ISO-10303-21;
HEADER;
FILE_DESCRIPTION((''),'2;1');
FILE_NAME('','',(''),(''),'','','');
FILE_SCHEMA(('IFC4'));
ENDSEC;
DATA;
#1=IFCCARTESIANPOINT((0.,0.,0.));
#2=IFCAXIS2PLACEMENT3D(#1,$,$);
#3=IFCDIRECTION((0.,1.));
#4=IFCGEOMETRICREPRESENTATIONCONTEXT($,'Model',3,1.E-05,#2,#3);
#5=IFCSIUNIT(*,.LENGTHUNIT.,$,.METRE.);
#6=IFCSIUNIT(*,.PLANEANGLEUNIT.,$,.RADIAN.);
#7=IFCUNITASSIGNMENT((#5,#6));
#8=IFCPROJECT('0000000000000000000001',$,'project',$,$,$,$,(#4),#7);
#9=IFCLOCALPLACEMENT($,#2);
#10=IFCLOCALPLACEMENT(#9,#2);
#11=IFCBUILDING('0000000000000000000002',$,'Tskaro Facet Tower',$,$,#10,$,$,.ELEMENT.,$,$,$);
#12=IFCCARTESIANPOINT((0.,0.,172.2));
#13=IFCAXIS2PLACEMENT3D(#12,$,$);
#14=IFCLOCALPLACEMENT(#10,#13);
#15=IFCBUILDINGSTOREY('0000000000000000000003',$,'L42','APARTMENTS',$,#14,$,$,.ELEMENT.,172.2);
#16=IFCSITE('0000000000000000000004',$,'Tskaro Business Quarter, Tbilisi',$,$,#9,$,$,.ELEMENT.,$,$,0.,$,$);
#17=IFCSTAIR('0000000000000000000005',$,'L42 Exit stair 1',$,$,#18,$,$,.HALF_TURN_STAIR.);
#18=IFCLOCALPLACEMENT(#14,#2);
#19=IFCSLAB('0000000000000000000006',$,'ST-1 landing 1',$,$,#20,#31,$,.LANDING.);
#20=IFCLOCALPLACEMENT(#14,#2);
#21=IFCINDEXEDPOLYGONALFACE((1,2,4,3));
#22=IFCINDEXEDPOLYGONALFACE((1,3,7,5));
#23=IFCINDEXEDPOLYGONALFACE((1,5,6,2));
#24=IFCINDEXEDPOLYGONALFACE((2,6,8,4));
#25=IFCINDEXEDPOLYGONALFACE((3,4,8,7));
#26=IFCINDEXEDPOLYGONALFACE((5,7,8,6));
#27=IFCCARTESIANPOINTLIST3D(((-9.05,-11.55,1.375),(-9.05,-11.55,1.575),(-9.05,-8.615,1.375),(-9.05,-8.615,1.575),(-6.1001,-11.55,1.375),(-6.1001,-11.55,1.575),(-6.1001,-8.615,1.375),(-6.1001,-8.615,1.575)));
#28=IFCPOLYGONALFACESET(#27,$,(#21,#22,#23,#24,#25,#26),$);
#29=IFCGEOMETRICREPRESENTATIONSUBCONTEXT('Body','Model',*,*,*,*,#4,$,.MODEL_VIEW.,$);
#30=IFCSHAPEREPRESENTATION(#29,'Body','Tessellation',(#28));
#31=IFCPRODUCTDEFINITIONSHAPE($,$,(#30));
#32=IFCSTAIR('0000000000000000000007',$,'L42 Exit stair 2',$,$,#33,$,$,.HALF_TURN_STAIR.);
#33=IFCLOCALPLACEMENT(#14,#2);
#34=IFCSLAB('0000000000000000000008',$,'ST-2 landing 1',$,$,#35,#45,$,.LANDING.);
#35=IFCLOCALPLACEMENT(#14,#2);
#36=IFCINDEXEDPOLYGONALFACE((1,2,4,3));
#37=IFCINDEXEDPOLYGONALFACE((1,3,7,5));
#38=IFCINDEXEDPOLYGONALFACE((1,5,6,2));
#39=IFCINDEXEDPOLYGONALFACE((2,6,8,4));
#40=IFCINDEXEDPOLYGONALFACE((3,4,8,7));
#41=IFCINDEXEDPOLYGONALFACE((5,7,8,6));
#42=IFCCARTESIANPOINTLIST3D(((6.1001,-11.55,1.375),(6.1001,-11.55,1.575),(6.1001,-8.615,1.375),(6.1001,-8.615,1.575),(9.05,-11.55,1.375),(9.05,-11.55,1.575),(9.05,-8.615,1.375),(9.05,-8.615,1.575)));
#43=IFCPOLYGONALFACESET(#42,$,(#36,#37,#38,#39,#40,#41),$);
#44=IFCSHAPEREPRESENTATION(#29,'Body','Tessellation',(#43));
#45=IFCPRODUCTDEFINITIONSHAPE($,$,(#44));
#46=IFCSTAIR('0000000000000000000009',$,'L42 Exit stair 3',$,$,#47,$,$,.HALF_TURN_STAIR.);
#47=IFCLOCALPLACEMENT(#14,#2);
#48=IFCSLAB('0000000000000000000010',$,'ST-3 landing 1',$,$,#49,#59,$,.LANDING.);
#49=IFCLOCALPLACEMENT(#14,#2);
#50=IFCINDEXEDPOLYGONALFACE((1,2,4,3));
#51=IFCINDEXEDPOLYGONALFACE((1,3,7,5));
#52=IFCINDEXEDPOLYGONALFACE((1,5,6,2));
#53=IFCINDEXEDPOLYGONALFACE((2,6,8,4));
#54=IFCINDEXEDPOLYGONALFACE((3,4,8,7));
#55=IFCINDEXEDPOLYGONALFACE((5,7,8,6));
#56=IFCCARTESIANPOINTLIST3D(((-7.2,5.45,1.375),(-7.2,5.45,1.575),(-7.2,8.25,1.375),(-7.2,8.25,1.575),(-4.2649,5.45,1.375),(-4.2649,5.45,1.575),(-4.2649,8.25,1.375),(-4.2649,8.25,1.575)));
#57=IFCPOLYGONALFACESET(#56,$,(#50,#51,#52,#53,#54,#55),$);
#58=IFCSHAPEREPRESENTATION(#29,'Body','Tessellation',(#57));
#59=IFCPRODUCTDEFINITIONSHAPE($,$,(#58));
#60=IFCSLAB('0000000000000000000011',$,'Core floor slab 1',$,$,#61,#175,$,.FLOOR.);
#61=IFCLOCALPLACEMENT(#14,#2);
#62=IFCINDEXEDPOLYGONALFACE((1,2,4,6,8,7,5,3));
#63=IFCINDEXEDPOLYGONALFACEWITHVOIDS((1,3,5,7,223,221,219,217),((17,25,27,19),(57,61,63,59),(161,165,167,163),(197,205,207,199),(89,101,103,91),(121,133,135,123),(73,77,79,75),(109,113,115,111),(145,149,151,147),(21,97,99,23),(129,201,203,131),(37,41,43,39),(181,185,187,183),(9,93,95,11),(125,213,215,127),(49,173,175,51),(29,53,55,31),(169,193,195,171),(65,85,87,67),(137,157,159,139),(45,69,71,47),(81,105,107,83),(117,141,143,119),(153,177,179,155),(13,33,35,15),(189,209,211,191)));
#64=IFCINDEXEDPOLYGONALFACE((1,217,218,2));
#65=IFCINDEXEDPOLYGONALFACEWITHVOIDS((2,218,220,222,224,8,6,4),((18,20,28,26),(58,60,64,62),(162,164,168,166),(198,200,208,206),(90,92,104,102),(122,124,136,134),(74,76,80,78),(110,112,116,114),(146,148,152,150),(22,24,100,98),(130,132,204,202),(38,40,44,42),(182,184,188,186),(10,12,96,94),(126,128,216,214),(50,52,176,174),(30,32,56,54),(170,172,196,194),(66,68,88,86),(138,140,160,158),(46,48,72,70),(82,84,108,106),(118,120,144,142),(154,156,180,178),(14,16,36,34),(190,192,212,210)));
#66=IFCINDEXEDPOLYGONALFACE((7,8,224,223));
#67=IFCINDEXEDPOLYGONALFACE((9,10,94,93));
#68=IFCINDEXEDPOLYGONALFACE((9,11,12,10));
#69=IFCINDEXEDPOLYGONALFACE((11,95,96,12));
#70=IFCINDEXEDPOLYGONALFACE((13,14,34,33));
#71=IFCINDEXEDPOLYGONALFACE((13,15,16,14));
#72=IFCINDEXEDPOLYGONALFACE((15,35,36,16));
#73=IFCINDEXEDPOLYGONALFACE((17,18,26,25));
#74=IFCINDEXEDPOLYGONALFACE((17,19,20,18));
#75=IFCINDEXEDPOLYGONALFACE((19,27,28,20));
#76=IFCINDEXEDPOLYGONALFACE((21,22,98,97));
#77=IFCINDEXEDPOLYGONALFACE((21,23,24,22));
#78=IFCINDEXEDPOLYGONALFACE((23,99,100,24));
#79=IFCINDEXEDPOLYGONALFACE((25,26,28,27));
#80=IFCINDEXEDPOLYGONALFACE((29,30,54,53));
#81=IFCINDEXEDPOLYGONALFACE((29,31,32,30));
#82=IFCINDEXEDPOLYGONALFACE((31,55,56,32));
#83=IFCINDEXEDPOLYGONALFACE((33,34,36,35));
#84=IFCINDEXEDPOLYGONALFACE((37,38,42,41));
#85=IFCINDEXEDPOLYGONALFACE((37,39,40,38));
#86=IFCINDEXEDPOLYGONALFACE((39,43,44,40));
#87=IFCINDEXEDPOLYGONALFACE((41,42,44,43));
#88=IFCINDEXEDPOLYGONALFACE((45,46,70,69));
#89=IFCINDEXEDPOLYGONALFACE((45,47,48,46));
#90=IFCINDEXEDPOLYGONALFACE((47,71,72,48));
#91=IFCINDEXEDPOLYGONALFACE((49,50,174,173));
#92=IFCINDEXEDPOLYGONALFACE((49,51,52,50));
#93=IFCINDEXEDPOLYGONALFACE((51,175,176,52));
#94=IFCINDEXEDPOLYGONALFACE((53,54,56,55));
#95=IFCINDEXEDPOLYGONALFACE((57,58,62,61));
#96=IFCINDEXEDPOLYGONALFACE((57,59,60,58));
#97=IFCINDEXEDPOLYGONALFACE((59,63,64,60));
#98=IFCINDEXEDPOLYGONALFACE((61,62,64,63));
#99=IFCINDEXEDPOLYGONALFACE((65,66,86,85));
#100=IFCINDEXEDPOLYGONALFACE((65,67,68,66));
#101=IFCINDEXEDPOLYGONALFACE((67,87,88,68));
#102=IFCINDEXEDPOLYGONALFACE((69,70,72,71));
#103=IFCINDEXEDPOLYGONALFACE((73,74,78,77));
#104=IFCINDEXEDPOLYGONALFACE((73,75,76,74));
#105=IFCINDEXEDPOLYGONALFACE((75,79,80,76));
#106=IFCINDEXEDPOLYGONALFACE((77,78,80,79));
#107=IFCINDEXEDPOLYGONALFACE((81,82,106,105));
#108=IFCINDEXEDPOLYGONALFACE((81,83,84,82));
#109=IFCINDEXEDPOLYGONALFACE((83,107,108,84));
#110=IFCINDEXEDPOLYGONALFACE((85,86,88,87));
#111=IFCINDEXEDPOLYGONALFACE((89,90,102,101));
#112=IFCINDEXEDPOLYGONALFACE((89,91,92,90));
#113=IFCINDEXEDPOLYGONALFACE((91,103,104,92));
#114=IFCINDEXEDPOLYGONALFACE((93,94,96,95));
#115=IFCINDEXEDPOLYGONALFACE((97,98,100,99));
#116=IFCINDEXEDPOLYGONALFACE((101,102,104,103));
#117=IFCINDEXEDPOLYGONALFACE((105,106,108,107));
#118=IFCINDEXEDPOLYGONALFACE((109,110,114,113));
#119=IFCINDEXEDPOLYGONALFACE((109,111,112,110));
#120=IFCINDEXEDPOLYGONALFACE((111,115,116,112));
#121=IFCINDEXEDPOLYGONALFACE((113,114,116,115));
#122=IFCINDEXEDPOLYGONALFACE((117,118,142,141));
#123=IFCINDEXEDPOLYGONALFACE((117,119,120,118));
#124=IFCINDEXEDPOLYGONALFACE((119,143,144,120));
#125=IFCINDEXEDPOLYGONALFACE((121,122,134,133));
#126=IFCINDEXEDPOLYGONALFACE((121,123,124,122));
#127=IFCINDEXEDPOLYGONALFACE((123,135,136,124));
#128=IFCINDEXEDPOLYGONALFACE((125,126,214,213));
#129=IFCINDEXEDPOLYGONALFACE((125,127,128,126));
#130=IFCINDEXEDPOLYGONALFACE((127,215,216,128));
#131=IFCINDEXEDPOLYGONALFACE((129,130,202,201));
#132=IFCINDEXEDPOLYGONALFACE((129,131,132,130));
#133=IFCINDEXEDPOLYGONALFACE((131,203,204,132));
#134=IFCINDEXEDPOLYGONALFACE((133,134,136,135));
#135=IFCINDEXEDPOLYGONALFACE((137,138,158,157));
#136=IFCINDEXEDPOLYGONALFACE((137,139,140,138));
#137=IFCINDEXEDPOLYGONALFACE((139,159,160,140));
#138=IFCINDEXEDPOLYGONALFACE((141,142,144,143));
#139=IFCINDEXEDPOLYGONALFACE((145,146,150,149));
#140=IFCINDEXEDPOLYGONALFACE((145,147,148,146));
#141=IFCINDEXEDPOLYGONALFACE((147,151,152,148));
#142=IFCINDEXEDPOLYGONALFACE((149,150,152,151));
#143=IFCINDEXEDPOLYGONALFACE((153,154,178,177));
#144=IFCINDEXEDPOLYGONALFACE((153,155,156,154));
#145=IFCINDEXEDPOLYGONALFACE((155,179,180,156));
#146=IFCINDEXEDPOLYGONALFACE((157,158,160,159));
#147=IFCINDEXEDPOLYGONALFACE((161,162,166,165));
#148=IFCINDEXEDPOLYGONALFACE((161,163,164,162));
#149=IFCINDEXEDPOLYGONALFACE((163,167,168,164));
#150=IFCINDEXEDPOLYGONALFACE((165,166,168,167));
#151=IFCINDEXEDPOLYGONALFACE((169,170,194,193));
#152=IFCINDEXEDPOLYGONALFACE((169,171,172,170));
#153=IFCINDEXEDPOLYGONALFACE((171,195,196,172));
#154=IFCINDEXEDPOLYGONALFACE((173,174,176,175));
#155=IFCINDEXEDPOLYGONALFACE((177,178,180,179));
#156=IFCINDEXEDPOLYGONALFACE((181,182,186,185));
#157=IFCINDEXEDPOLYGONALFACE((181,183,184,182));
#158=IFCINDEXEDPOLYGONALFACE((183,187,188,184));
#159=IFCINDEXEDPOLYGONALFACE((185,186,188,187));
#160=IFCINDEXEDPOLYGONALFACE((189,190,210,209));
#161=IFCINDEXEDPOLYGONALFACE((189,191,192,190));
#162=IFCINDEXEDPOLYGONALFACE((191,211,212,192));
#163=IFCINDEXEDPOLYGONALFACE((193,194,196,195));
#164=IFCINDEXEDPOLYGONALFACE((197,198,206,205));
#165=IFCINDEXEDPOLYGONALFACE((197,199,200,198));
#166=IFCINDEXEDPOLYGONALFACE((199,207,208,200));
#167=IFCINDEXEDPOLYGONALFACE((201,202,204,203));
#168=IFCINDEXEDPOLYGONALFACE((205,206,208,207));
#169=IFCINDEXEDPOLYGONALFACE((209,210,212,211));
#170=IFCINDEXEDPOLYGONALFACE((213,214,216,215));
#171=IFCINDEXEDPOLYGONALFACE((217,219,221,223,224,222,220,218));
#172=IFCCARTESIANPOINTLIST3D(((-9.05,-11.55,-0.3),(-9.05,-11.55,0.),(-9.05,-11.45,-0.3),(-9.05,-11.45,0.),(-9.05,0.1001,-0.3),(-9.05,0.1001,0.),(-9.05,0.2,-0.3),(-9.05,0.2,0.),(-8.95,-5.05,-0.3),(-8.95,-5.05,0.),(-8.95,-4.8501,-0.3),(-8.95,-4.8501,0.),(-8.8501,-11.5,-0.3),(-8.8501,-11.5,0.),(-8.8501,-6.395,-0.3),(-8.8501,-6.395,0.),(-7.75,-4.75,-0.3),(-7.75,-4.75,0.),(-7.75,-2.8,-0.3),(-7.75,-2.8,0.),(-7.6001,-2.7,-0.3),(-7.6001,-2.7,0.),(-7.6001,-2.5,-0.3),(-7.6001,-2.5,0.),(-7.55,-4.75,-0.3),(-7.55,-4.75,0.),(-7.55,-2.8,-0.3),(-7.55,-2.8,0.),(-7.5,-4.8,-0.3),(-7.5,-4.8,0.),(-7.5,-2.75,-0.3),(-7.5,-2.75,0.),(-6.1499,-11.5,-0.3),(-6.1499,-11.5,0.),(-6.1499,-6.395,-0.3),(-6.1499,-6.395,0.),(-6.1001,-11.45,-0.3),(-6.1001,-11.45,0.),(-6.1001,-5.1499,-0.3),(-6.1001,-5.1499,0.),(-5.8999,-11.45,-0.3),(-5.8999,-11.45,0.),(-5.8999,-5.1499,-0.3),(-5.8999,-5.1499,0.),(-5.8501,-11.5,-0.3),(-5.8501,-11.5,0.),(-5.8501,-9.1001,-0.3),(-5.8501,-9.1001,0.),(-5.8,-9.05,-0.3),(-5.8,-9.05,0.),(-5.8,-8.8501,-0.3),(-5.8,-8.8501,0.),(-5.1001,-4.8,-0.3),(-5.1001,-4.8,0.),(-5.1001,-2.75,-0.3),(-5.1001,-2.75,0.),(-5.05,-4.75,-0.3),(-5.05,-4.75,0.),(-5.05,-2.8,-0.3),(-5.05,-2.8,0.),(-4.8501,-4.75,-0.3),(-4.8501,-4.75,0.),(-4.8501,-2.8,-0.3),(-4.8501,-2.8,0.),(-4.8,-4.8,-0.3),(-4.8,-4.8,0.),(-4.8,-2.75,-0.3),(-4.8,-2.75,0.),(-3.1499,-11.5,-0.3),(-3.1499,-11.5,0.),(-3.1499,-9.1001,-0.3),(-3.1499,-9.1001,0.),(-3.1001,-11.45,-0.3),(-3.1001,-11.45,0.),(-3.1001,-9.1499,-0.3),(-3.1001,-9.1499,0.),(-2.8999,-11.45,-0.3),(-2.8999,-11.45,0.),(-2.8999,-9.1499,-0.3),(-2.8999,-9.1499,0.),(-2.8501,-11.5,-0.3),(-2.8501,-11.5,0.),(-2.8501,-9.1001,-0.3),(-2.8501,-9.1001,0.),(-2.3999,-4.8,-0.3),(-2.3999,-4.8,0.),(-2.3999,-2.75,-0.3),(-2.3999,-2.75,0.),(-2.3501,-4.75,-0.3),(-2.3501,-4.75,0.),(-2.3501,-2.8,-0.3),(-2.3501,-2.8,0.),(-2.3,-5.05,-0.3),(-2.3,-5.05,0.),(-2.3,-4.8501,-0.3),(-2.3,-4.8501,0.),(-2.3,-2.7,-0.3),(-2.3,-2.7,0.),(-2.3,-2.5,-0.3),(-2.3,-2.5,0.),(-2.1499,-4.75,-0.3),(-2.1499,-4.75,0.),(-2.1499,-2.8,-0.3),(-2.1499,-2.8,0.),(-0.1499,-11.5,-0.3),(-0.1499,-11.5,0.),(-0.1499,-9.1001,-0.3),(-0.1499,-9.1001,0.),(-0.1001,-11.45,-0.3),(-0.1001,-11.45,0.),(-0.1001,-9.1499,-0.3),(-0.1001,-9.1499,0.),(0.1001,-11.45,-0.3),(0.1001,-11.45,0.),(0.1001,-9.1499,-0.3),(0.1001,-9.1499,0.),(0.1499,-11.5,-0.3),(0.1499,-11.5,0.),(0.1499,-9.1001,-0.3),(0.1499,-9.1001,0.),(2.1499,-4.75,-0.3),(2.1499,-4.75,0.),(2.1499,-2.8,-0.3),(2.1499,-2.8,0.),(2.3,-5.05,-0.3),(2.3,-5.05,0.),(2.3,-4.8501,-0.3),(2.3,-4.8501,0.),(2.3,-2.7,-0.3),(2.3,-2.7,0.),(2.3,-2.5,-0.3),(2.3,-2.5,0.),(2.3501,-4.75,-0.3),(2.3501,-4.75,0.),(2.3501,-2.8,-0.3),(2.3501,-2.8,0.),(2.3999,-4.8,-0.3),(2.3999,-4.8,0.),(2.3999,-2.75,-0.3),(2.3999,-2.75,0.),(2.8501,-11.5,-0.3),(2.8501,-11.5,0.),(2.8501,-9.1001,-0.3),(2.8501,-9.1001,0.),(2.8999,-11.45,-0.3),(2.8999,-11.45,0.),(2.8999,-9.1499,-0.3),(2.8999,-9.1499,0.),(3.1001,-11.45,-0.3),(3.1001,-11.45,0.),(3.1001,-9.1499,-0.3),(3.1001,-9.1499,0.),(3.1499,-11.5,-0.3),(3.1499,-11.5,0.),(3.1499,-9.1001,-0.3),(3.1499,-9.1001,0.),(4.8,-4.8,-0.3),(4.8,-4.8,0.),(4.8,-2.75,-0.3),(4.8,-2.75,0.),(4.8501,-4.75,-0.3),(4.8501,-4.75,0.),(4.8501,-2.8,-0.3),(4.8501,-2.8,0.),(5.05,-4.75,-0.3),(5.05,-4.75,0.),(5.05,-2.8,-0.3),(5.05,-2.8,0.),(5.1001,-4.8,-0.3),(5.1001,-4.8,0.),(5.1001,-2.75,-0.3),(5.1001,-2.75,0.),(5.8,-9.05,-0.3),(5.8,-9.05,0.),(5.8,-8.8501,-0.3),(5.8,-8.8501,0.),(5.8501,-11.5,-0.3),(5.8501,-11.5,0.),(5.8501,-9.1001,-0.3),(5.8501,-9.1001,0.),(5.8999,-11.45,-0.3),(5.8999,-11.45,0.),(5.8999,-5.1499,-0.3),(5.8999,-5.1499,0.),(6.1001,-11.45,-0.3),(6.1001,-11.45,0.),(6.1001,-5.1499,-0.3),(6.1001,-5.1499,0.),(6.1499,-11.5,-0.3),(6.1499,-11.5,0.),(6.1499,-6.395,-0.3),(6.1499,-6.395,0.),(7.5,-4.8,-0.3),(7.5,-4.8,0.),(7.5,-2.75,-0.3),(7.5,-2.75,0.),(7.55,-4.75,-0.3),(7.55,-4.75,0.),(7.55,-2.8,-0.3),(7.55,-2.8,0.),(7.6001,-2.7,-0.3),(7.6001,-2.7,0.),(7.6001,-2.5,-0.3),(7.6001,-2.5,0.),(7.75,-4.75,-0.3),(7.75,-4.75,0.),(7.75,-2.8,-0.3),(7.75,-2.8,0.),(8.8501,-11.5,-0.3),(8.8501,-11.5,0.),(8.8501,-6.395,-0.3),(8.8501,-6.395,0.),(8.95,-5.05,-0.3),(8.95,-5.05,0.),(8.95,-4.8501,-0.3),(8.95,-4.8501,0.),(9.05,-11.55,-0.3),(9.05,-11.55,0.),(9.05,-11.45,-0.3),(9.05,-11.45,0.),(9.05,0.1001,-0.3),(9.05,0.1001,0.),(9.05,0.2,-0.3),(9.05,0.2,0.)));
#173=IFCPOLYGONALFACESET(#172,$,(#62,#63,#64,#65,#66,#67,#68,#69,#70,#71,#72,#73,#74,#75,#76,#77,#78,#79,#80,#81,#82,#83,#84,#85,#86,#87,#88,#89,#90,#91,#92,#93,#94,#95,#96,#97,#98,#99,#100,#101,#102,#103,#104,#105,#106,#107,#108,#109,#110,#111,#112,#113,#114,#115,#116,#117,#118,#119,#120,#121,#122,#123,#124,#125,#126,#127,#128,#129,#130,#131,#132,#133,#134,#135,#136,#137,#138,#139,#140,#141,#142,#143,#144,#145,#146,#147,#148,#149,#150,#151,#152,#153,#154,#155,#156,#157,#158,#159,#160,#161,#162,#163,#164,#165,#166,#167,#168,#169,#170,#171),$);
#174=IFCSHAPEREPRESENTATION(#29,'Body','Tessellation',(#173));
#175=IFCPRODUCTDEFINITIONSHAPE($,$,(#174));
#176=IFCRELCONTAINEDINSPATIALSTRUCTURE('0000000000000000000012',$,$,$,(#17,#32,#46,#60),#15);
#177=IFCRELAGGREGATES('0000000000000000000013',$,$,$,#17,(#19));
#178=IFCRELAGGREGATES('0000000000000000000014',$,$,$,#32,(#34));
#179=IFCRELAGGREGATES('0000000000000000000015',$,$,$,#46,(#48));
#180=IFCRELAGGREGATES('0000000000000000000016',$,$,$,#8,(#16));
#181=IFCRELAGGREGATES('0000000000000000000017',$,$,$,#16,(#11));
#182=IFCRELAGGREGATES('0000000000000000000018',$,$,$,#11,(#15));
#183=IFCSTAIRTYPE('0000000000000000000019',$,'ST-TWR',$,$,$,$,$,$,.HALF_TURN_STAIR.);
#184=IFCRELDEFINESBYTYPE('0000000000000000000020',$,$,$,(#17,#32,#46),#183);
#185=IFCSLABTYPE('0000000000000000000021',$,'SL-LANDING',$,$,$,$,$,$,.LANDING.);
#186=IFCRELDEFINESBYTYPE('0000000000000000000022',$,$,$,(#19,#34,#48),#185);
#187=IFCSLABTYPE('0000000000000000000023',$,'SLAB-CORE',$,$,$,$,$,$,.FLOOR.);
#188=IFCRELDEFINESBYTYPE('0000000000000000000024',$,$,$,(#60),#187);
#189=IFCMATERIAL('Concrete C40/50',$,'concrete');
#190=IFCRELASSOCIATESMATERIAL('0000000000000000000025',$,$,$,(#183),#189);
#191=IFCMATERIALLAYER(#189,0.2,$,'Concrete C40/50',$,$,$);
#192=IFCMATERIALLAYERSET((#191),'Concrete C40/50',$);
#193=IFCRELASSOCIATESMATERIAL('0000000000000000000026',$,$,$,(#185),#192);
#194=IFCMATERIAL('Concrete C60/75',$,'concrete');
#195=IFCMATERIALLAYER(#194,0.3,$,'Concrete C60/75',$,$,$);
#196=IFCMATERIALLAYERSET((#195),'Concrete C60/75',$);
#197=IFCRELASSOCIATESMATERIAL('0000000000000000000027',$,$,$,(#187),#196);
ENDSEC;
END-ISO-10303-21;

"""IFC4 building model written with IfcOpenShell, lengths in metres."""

from ifc_helpers import new_model, si_unit, direction, frame, origin, place, context, subcontext, project, spatial, polyline, outline, extrude, material, layer, layer_set, type_object, element, aggregate, save


model = new_model("IFC4")

# Units and contexts
model_context = context("Model", 3, precision=1e-05, world=origin(), true_north=direction((0.0, 1.0)))
body_context = subcontext(model_context, "Body", "Model", "MODEL_VIEW")
ifc_project = project(units=[si_unit("LENGTHUNIT", "METRE"), si_unit("PLANEANGLEUNIT", "RADIAN")], contexts=[model_context])

# Site, building, storey
site_placement = place(None, origin())
site = spatial("IfcSite", under=ifc_project, at=site_placement, Name="Tskaro Business Quarter, Tbilisi", CompositionType="ELEMENT", RefElevation=0.0)
building_placement = place(site_placement, origin())
building = spatial("IfcBuilding", under=site, at=building_placement, Name="Tskaro Facet Tower", CompositionType="ELEMENT")
storey_placement = place(building_placement, frame((0.0, 0.0, 172.2)))
storey = spatial("IfcBuildingStorey", under=building, at=storey_placement, Name="L42", Description="APARTMENTS", CompositionType="ELEMENT", Elevation=172.2)

# Stairs, slabs
ifc_material_1 = material(Name="Concrete C40/50", Category="concrete")
stair_type = type_object("IfcStairType", Name="ST-TWR", PredefinedType="HALF_TURN_STAIR", material=ifc_material_1)
stair_1_placement = place(storey_placement, origin())
stair_1 = element("IfcStair", 1, at=stair_1_placement, inside=storey, type_object=stair_type, Name="L42 Exit stair 1", PredefinedType="HALF_TURN_STAIR")
ifc_layer_1 = layer(ifc_material_1, 0.2, Name="Concrete C40/50")
ifc_layer_set_1 = layer_set([ifc_layer_1], Name="Concrete C40/50")
slab_type_1 = type_object("IfcSlabType", Name="SL-LANDING", PredefinedType="LANDING", material=ifc_layer_set_1)
slab_1_placement = place(storey_placement, frame((0.0, 0.0, 1.375)))
slab_1 = element("IfcSlab", 2, at=slab_1_placement, type_object=slab_type_1, Name="ST-1 landing 1", PredefinedType="LANDING", context=body_context, shape_type="SweptSolid", body=[
    extrude(outline(polyline([(-9.05, -11.55), (-6.1001, -11.55), (-6.1001, -8.615), (-9.05, -8.615), (-9.05, -11.55)])), origin(), (0.0, 0.0, 1.0), 0.2),
])
aggregate(stair_1, [slab_1])
stair_2_placement = place(storey_placement, origin())
stair_2 = element("IfcStair", 3, at=stair_2_placement, inside=storey, type_object=stair_type, Name="L42 Exit stair 2", PredefinedType="HALF_TURN_STAIR")
slab_2_placement = place(storey_placement, frame((0.0, 0.0, 1.375)))
slab_2 = element("IfcSlab", 4, at=slab_2_placement, type_object=slab_type_1, Name="ST-2 landing 1", PredefinedType="LANDING", context=body_context, shape_type="SweptSolid", body=[
    extrude(outline(polyline([(6.1001, -11.55), (9.05, -11.55), (9.05, -8.615), (6.1001, -8.615), (6.1001, -11.55)])), origin(), (0.0, 0.0, 1.0), 0.2),
])
aggregate(stair_2, [slab_2])
stair_3_placement = place(storey_placement, origin())
stair_3 = element("IfcStair", 5, at=stair_3_placement, inside=storey, type_object=stair_type, Name="L42 Exit stair 3", PredefinedType="HALF_TURN_STAIR")
slab_3_placement = place(storey_placement, frame((0.0, 0.0, 1.375)))
slab_3 = element("IfcSlab", 6, at=slab_3_placement, type_object=slab_type_1, Name="ST-3 landing 1", PredefinedType="LANDING", context=body_context, shape_type="SweptSolid", body=[
    extrude(outline(polyline([(-7.2, 5.45), (-4.2649, 5.45), (-4.2649, 8.25), (-7.2, 8.25), (-7.2, 5.45)])), origin(), (0.0, 0.0, 1.0), 0.2),
])

# Slab
ifc_material_2 = material(Name="Concrete C60/75", Category="concrete")
ifc_layer_2 = layer(ifc_material_2, 0.3, Name="Concrete C60/75")
ifc_layer_set_2 = layer_set([ifc_layer_2], Name="Concrete C60/75")
slab_type_2 = type_object("IfcSlabType", Name="SLAB-CORE", PredefinedType="FLOOR", material=ifc_layer_set_2)
slab_4_placement = place(storey_placement, frame((0.0, 0.0, -0.3)))
element("IfcSlab", 7, at=slab_4_placement, inside=storey, type_object=slab_type_2, Name="Core floor slab 1", PredefinedType="FLOOR", context=body_context, shape_type="SweptSolid", body=[
    extrude(outline(polyline([(-9.05, 0.2), (9.05, 0.2), (9.05, 0.1001), (9.05, -11.45), (9.05, -11.55), (-9.05, -11.55), (-9.05, -11.45), (-9.05, 0.1001), (-9.05, 0.2)]), holes=[polyline([(-5.8501, -9.1001), (-5.8501, -11.5), (-3.1499, -11.5), (-3.1499, -9.1001), (-5.8501, -9.1001)]), polyline([(-3.1001, -11.45), (-2.8999, -11.45), (-2.8999, -9.1499), (-3.1001, -9.1499), (-3.1001, -11.45)]), polyline([(-2.8501, -9.1001), (-2.8501, -11.5), (-0.1499, -11.5), (-0.1499, -9.1001), (-2.8501, -9.1001)]), polyline([(-6.1001, -11.45), (-5.8999, -11.45), (-5.8999, -5.1499), (-6.1001, -5.1499), (-6.1001, -11.45)]), polyline([(-8.95, -5.05), (-2.3, -5.05), (-2.3, -4.8501), (-8.95, -4.8501), (-8.95, -5.05)]), polyline([(-7.75, -4.75), (-7.55, -4.75), (-7.55, -2.8), (-7.75, -2.8), (-7.75, -4.75)]), polyline([(-5.1001, -2.75), (-7.5, -2.75), (-7.5, -4.8), (-5.1001, -4.8), (-5.1001, -2.75)]), polyline([(-5.05, -4.75), (-4.8501, -4.75), (-4.8501, -2.8), (-5.05, -2.8), (-5.05, -4.75)]), polyline([(-2.3999, -2.75), (-4.8, -2.75), (-4.8, -4.8), (-2.3999, -4.8), (-2.3999, -2.75)]), polyline([(-2.3501, -4.75), (-2.1499, -4.75), (-2.1499, -2.8), (-2.3501, -2.8), (-2.3501, -4.75)]), polyline([(-7.6001, -2.7), (-2.3, -2.7), (-2.3, -2.5), (-7.6001, -2.5), (-7.6001, -2.7)]), polyline([(-0.1001, -11.45), (0.1001, -11.45), (0.1001, -9.1499), (-0.1001, -9.1499), (-0.1001, -11.45)]), polyline([(0.1499, -9.1001), (0.1499, -11.5), (2.8501, -11.5), (2.8501, -9.1001), (0.1499, -9.1001)]), polyline([(2.8999, -11.45), (3.1001, -11.45), (3.1001, -9.1499), (2.8999, -9.1499), (2.8999, -11.45)]), polyline([(3.1499, -9.1001), (3.1499, -11.5), (5.8501, -11.5), (5.8501, -9.1001), (3.1499, -9.1001)]), polyline([(-5.8, -9.05), (5.8, -9.05), (5.8, -8.8501), (-5.8, -8.8501), (-5.8, -9.05)]), polyline([(5.8999, -11.45), (6.1001, -11.45), (6.1001, -5.1499), (5.8999, -5.1499), (5.8999, -11.45)]), polyline([(2.3, -5.05), (8.95, -5.05), (8.95, -4.8501), (2.3, -4.8501), (2.3, -5.05)]), polyline([(2.1499, -4.75), (2.3501, -4.75), (2.3501, -2.8), (2.1499, -2.8), (2.1499, -4.75)]), polyline([(2.3999, -2.75), (2.3999, -4.8), (4.8, -4.8), (4.8, -2.75), (2.3999, -2.75)]), polyline([(4.8501, -4.75), (5.05, -4.75), (5.05, -2.8), (4.8501, -2.8), (4.8501, -4.75)]), polyline([(7.5, -2.75), (5.1001, -2.75), (5.1001, -4.8), (7.5, -4.8), (7.5, -2.75)]), polyline([(7.55, -4.75), (7.75, -4.75), (7.75, -2.8), (7.55, -2.8), (7.55, -4.75)]), polyline([(2.3, -2.7), (7.6001, -2.7), (7.6001, -2.5), (2.3, -2.5), (2.3, -2.7)]), polyline([(-8.8501, -11.5), (-6.1499, -11.5), (-6.1499, -6.395), (-8.8501, -6.395), (-8.8501, -11.5)]), polyline([(6.1499, -6.395), (6.1499, -11.5), (8.8501, -11.5), (8.8501, -6.395), (6.1499, -6.395)])]), origin(), (0.0, 0.0, 1.0), 0.3),
])

aggregate(stair_3, [slab_3])

save(model, "model.ifc")
